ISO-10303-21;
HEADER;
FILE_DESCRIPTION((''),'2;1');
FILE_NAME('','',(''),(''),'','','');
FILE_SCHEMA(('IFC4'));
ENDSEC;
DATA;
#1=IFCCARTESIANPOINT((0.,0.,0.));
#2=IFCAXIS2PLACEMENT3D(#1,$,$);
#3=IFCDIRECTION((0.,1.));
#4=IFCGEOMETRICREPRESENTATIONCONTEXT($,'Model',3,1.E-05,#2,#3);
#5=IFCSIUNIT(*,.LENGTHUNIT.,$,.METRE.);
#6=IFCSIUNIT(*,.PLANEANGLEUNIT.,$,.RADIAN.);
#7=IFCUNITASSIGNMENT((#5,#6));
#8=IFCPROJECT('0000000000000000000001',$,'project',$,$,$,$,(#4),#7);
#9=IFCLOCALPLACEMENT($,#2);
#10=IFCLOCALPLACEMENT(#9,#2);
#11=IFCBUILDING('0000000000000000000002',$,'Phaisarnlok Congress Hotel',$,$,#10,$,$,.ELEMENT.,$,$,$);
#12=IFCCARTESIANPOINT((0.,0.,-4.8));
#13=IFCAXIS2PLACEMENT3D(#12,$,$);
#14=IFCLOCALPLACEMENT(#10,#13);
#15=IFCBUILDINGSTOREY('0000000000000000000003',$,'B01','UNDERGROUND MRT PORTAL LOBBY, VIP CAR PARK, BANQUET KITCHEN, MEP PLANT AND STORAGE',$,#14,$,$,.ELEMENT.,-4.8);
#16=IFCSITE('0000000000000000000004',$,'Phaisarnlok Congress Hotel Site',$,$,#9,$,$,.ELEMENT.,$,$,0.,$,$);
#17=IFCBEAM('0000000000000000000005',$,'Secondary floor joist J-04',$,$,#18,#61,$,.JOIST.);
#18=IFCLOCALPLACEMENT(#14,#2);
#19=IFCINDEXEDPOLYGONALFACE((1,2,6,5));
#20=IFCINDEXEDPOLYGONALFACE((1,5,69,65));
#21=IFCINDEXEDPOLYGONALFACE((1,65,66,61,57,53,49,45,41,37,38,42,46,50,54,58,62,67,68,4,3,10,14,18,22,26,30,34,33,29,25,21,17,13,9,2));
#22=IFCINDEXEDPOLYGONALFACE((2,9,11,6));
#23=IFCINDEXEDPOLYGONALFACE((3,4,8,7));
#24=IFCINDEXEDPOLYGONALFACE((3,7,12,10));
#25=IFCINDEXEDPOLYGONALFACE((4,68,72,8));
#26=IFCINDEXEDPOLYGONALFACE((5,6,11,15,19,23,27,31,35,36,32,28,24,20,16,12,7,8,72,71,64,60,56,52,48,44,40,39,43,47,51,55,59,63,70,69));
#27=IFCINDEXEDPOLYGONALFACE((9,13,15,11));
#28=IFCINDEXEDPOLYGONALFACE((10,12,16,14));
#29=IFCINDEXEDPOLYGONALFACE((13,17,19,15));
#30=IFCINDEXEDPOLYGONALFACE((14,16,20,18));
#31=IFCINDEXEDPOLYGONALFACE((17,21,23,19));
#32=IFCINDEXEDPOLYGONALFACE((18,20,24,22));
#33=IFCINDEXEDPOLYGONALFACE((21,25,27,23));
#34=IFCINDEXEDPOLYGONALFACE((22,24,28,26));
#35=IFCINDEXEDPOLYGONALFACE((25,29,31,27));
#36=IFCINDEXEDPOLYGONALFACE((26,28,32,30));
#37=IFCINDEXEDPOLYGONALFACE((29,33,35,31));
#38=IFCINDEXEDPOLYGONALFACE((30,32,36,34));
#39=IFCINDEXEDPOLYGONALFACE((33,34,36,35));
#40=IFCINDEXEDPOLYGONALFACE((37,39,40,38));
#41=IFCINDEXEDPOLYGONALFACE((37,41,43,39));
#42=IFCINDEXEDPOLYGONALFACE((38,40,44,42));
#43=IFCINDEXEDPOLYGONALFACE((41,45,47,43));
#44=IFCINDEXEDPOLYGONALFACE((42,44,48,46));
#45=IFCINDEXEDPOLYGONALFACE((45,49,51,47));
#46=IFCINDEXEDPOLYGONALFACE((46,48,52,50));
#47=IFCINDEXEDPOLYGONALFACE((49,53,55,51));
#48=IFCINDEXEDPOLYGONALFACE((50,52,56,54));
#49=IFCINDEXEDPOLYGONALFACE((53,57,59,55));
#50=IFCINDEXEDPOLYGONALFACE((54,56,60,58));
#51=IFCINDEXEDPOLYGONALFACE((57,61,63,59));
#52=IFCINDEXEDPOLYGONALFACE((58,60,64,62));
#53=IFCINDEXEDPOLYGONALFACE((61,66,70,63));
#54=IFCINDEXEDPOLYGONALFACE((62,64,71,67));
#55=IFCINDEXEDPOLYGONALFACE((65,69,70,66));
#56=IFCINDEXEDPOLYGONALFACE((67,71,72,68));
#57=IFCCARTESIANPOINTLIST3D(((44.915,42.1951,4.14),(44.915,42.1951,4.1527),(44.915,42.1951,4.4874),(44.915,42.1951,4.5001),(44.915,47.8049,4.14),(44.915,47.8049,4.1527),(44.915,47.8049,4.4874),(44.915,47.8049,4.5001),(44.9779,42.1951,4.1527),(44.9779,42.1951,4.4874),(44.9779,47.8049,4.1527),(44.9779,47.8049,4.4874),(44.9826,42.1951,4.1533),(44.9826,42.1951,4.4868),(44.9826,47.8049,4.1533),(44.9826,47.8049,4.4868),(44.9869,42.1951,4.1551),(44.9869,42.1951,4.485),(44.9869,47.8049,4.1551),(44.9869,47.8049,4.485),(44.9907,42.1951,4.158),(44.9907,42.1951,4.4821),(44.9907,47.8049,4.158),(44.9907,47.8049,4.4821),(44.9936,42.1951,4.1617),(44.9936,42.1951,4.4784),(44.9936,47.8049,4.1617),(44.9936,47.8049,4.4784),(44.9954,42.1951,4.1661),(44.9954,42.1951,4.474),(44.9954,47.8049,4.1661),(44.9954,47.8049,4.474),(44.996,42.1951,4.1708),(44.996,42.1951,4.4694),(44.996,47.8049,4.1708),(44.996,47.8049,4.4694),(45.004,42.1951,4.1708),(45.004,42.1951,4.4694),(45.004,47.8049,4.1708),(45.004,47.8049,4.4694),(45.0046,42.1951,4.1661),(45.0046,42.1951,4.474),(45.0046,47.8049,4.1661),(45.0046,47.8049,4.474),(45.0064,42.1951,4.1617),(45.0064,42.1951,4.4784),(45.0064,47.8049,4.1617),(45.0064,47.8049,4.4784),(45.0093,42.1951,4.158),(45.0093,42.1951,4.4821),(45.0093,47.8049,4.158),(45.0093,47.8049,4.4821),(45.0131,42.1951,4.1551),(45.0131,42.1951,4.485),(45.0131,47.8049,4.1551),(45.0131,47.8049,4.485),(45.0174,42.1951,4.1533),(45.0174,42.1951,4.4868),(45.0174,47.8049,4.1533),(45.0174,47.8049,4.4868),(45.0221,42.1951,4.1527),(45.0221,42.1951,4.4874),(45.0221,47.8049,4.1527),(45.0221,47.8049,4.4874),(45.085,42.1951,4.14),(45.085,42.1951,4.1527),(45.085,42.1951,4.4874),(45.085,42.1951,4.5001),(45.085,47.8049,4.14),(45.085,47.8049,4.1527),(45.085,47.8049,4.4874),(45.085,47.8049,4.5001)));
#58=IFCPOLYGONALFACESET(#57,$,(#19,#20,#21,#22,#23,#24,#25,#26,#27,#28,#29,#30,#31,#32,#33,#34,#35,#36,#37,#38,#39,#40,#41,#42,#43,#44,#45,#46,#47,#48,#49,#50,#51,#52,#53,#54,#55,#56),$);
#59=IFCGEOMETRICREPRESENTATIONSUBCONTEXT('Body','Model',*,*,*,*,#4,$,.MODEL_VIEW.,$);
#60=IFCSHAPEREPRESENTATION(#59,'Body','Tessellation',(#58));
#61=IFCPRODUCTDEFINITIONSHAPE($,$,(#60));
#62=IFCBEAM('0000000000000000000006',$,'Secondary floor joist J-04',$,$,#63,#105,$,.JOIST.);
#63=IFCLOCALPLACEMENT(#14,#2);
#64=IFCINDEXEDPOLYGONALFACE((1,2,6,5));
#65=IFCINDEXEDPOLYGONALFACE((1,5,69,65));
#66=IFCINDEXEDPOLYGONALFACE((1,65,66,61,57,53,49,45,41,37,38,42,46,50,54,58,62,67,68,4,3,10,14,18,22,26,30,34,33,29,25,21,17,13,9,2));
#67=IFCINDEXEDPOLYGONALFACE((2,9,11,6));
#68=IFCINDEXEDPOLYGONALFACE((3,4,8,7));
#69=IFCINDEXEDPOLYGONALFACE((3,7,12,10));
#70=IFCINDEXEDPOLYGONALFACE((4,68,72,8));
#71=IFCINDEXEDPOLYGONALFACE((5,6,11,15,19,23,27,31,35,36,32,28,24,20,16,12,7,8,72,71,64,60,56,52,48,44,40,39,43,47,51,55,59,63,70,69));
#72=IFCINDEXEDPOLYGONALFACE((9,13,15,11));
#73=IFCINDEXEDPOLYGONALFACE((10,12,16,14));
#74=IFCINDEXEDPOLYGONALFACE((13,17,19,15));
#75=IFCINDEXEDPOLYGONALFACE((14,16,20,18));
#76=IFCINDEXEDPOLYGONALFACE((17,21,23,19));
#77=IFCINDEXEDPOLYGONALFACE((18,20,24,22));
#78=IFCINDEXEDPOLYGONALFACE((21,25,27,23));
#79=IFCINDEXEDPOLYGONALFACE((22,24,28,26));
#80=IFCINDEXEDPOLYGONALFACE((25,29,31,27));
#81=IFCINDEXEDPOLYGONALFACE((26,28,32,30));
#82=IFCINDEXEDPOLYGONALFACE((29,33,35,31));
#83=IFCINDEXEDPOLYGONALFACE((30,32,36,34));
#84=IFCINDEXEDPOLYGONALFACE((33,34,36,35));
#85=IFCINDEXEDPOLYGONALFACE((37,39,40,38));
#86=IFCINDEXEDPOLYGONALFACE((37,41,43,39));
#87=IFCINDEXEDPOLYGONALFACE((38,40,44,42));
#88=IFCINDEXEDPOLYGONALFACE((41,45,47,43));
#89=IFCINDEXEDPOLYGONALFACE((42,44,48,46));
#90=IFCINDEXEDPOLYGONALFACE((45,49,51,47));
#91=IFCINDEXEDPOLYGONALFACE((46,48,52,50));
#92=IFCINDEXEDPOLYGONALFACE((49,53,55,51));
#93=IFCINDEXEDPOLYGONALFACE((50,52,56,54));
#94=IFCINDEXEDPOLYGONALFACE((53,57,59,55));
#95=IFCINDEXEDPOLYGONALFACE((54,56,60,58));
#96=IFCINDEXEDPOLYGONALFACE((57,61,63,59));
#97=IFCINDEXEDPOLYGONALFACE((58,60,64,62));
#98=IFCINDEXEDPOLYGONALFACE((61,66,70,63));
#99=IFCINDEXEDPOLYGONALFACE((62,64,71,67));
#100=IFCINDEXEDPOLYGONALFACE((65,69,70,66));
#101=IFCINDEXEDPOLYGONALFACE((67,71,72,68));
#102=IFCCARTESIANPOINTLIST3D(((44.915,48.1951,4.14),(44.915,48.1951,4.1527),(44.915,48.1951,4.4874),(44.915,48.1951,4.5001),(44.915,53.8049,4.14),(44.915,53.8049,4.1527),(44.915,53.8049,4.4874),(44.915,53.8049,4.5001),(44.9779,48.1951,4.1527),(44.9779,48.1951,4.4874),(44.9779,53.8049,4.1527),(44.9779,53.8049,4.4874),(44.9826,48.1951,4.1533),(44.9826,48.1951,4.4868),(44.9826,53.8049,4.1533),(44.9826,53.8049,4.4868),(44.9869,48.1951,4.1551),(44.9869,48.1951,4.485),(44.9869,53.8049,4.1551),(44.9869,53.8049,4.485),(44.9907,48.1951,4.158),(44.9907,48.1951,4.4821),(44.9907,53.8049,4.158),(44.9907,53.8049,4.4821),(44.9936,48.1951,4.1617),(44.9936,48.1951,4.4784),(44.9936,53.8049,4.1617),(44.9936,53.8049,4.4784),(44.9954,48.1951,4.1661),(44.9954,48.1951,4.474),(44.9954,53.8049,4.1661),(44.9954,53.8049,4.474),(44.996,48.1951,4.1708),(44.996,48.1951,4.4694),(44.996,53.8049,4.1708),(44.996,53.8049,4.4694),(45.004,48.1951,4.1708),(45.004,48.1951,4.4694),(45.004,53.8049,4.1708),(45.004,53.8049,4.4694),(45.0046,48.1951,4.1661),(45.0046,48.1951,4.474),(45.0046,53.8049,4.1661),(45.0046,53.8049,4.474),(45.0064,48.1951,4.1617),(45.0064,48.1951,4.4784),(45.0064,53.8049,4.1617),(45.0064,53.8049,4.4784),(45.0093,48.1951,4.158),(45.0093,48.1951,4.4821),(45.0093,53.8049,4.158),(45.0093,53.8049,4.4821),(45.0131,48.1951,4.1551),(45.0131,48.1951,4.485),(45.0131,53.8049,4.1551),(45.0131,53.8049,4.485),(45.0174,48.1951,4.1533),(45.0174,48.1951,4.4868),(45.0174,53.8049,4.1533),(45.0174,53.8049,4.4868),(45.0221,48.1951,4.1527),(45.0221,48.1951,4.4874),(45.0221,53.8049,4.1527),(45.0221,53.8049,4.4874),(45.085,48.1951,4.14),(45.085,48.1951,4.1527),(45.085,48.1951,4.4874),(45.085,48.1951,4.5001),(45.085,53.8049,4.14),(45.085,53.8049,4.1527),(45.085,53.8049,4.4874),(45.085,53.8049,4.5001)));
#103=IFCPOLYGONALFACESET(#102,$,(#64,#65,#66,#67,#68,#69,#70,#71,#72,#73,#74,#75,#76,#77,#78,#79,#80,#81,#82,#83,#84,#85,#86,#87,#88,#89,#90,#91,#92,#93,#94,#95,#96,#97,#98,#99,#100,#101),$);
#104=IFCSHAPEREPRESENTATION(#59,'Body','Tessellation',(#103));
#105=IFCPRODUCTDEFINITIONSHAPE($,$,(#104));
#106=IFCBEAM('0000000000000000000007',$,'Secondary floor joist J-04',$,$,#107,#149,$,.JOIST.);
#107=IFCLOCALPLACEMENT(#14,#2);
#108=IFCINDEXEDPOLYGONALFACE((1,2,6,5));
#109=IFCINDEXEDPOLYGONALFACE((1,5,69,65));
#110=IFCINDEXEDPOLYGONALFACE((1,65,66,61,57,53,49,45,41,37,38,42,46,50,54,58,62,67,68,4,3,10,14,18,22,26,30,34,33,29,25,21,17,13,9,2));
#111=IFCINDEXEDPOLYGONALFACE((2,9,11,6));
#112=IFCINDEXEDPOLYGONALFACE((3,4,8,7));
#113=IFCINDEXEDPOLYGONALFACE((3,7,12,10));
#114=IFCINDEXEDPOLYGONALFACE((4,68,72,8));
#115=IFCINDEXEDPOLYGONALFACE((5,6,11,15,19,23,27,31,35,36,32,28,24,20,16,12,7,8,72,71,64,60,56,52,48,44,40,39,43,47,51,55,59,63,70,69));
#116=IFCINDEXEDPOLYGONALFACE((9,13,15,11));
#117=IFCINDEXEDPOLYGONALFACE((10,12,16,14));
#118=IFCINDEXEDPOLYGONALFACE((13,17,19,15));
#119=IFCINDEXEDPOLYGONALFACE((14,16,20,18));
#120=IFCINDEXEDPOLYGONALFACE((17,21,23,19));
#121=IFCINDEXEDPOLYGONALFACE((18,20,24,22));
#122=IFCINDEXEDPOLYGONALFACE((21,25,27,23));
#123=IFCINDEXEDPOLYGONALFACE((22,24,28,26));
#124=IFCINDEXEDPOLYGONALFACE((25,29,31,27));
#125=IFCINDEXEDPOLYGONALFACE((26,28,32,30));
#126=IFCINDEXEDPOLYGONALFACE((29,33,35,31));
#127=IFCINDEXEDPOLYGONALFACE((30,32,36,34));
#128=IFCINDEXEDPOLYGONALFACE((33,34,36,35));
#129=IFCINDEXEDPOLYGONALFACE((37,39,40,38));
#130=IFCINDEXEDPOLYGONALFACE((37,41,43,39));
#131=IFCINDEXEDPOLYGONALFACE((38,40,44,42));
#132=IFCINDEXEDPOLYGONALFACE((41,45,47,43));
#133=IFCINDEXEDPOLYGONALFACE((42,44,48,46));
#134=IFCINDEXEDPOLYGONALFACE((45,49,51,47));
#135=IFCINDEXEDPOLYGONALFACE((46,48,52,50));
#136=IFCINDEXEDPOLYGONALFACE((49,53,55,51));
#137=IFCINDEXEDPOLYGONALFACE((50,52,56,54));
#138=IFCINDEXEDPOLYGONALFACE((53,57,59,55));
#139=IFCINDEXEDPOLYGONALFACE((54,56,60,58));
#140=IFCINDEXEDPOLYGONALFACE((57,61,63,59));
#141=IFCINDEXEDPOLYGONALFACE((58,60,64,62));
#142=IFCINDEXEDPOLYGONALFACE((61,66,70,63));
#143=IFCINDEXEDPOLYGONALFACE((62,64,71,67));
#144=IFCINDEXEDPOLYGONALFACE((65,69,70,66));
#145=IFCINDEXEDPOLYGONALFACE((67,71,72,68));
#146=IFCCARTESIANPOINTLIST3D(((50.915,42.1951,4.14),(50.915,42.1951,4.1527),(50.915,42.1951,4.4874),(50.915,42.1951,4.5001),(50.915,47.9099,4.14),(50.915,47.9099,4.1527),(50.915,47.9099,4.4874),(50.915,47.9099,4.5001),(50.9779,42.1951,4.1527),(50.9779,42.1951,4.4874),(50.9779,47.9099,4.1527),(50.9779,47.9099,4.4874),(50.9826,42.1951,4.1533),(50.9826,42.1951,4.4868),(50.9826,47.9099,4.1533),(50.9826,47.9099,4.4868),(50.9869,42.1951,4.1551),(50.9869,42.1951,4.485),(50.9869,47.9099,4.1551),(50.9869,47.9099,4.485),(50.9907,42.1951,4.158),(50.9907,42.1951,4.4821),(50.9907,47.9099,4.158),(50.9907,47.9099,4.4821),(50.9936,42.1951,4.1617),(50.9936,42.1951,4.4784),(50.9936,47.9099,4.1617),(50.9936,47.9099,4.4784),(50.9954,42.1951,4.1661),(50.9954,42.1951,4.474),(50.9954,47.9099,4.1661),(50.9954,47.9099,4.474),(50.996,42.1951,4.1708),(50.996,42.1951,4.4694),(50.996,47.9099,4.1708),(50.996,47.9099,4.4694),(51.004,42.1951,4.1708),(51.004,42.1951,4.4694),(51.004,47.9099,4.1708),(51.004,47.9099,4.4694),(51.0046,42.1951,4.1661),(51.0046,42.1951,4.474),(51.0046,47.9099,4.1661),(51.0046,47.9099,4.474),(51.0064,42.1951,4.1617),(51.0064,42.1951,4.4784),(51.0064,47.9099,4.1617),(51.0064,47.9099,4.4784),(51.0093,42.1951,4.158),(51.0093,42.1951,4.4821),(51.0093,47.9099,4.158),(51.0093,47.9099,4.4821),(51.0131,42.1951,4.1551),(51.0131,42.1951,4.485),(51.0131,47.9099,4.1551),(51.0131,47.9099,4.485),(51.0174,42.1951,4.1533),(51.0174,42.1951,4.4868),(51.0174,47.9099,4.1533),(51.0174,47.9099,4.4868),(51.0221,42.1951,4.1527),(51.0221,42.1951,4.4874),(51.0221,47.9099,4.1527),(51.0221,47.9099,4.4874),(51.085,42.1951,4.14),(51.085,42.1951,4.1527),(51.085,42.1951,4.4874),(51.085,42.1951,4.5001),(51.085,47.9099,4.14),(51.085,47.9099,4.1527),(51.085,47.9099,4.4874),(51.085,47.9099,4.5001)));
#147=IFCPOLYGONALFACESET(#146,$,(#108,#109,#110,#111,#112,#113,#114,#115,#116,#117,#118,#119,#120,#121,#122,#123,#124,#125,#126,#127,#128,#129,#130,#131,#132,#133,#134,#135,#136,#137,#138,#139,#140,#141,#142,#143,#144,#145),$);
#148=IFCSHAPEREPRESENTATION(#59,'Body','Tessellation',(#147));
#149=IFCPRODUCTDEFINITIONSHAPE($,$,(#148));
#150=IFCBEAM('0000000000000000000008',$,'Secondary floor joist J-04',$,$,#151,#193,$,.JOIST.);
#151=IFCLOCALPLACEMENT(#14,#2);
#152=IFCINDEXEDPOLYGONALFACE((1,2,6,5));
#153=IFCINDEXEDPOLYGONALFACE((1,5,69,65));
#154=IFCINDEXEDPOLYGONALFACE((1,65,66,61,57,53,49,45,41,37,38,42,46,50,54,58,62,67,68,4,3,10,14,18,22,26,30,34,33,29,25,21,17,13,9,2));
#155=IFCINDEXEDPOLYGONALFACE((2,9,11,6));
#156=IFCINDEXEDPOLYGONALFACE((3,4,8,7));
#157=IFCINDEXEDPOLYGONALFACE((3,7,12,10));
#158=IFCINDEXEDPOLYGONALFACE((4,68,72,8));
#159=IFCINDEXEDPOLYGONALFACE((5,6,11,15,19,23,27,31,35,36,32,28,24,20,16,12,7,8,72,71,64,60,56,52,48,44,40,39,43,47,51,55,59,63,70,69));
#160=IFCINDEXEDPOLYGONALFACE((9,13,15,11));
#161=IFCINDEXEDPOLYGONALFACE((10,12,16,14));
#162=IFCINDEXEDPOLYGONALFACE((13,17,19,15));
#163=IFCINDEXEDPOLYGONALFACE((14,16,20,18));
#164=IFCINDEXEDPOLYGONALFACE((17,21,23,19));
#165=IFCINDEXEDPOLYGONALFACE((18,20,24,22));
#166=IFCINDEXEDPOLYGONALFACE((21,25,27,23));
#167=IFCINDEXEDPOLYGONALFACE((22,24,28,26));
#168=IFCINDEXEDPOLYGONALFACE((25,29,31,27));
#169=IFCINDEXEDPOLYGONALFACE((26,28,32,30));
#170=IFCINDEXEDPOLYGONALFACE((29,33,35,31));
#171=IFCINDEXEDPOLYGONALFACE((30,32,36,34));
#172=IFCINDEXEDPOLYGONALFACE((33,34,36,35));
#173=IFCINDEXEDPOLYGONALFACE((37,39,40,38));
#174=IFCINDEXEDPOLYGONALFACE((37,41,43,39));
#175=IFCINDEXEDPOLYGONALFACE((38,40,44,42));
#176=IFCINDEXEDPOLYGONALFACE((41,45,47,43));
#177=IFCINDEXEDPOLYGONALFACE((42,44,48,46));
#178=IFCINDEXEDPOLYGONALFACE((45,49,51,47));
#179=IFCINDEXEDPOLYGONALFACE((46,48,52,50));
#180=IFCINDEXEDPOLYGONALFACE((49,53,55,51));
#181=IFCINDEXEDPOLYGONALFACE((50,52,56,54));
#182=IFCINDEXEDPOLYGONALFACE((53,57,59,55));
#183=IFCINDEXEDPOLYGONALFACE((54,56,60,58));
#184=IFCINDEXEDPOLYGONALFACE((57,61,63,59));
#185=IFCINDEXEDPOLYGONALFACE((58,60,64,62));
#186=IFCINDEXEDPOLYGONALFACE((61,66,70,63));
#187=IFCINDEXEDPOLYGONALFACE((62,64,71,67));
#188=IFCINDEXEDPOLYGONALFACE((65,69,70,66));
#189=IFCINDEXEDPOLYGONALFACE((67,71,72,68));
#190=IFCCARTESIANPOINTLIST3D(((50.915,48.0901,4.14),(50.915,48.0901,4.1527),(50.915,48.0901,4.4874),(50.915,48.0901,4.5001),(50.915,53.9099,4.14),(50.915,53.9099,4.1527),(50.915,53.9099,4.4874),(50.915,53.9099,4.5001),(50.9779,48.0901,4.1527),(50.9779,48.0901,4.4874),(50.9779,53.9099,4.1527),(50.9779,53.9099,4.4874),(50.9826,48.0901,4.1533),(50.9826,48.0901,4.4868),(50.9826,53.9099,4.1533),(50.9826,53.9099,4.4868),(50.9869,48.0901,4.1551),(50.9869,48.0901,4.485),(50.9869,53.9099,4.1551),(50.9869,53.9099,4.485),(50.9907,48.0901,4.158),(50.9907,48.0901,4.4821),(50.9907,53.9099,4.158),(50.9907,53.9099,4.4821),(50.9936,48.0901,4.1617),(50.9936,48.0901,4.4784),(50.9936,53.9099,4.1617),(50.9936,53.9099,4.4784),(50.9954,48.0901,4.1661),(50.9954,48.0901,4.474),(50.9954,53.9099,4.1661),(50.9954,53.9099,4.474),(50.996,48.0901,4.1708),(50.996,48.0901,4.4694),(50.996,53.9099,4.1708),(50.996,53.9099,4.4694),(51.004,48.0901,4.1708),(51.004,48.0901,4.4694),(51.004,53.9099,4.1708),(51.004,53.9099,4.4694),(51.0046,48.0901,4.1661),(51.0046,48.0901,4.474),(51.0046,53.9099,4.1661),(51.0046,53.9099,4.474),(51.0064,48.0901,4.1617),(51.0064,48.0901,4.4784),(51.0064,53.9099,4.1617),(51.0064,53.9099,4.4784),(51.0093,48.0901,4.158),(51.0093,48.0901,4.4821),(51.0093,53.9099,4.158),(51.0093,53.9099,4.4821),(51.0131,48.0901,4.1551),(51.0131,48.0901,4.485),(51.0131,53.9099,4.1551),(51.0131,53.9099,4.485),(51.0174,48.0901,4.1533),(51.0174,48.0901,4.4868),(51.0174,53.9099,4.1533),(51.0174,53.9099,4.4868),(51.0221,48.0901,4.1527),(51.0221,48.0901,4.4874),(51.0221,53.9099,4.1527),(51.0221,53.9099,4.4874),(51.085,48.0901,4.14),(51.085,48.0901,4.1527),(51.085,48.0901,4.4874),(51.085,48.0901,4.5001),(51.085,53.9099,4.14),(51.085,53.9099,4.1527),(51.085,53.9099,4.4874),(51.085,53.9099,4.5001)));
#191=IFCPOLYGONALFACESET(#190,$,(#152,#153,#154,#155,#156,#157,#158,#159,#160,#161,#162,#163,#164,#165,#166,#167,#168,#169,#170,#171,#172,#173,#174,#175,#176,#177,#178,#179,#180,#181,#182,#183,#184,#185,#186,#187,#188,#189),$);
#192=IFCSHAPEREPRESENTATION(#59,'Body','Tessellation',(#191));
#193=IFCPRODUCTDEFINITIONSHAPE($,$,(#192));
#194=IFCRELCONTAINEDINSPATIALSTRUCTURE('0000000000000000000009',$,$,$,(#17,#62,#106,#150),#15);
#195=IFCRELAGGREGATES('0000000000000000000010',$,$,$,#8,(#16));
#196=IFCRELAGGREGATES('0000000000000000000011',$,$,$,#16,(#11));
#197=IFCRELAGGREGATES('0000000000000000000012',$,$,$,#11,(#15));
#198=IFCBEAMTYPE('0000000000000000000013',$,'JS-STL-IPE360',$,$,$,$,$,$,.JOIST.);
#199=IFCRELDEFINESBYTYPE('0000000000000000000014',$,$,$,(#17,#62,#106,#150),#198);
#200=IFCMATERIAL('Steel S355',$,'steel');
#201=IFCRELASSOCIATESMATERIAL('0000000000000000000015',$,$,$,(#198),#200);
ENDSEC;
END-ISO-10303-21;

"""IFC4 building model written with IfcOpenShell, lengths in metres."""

from ifc_helpers import new_model, si_unit, direction, frame, origin, origin_2d, place, context, subcontext, project, spatial, i_section, extrude, material, material_profile, profile_set, type_object, element, save


model = new_model("IFC4")

# Units and contexts
model_context = context("Model", 3, precision=1e-05, world=origin(), true_north=direction((0.0, 1.0)))
body_context = subcontext(model_context, "Body", "Model", "MODEL_VIEW")
ifc_project = project(units=[si_unit("LENGTHUNIT", "METRE"), si_unit("PLANEANGLEUNIT", "RADIAN")], contexts=[model_context])

# Site, building, storey
site_placement = place(None, origin())
site = spatial("IfcSite", under=ifc_project, at=site_placement, Name="Phaisarnlok Congress Hotel Site", CompositionType="ELEMENT", RefElevation=0.0)
building_placement = place(site_placement, origin())
building = spatial("IfcBuilding", under=site, at=building_placement, Name="Phaisarnlok Congress Hotel", CompositionType="ELEMENT")
storey_placement = place(building_placement, frame((0.0, 0.0, -4.8)))
storey = spatial("IfcBuildingStorey", under=building, at=storey_placement, Name="B01", Description="UNDERGROUND MRT PORTAL LOBBY, VIP CAR PARK, BANQUET KITCHEN, MEP PLANT AND STORAGE", CompositionType="ELEMENT", Elevation=-4.8)

# Beams
ifc_material_1 = material(Name="Steel S355", Category="steel")
ifc_material_profile_1 = material_profile(ifc_material_1, i_section(OverallWidth=0.1699, OverallDepth=0.3601, WebThickness=0.0081, FlangeThickness=0.0127, FilletRadius=0.0181, at=origin_2d()), Name="IPE 360")
ifc_profile_set_1 = profile_set([ifc_material_profile_1], Name="Steel S355")
beam_type_1 = type_object("IfcBeamType", Name="JS-STL-IPE360", PredefinedType="JOIST", material=ifc_profile_set_1)
for number, where, z_axis, x_axis, name in (
    (1, (45.0, 42.1951, 4.3201), (0.0, 1.0, 0.0), (-1.0, 0.0, 0.0), "Secondary floor joist J-04"),
    (2, (45.0, 48.1951, 4.3201), (0.0, 1.0, 0.0), (-1.0, 0.0, 0.0), "Secondary floor joist J-04"),
):
    element("IfcBeam", number, at=place(storey_placement, frame(where, z_axis=z_axis, x_axis=x_axis)), inside=storey, type_object=beam_type_1, Name=name, PredefinedType="JOIST", context=body_context, shape_type="SweptSolid", body=[
        extrude(i_section(OverallWidth=0.1699, OverallDepth=0.3601, WebThickness=0.0081, FlangeThickness=0.0127, FilletRadius=0.0181, at=origin_2d()), origin(), (0.0, 0.0, 1.0), 5.6099),
    ])
beam_1_placement = place(storey_placement, frame((51.0, 42.1951, 4.3201), z_axis=(0.0, 1.0, 0.0), x_axis=(-1.0, 0.0, 0.0)))
element("IfcBeam", 3, at=beam_1_placement, inside=storey, type_object=beam_type_1, Name="Secondary floor joist J-04", PredefinedType="JOIST", context=body_context, shape_type="SweptSolid", body=[
    extrude(i_section(OverallWidth=0.1699, OverallDepth=0.3601, WebThickness=0.0081, FlangeThickness=0.0127, FilletRadius=0.0181, at=origin_2d()), origin(), (0.0, 0.0, 1.0), 5.7148),
])
beam_2_placement = place(storey_placement, frame((51.0, 48.0901, 4.3201), z_axis=(0.0, 1.0, 0.0), x_axis=(-1.0, 0.0, 0.0)))
element("IfcBeam", 4, at=beam_2_placement, inside=storey, type_object=beam_type_1, Name="Secondary floor joist J-04", PredefinedType="JOIST", context=body_context, shape_type="SweptSolid", body=[
    extrude(i_section(OverallWidth=0.1699, OverallDepth=0.3601, WebThickness=0.0081, FlangeThickness=0.0127, FilletRadius=0.0181, at=origin_2d()), origin(), (0.0, 0.0, 1.0), 5.8198),
])

save(model, "model.ifc")
